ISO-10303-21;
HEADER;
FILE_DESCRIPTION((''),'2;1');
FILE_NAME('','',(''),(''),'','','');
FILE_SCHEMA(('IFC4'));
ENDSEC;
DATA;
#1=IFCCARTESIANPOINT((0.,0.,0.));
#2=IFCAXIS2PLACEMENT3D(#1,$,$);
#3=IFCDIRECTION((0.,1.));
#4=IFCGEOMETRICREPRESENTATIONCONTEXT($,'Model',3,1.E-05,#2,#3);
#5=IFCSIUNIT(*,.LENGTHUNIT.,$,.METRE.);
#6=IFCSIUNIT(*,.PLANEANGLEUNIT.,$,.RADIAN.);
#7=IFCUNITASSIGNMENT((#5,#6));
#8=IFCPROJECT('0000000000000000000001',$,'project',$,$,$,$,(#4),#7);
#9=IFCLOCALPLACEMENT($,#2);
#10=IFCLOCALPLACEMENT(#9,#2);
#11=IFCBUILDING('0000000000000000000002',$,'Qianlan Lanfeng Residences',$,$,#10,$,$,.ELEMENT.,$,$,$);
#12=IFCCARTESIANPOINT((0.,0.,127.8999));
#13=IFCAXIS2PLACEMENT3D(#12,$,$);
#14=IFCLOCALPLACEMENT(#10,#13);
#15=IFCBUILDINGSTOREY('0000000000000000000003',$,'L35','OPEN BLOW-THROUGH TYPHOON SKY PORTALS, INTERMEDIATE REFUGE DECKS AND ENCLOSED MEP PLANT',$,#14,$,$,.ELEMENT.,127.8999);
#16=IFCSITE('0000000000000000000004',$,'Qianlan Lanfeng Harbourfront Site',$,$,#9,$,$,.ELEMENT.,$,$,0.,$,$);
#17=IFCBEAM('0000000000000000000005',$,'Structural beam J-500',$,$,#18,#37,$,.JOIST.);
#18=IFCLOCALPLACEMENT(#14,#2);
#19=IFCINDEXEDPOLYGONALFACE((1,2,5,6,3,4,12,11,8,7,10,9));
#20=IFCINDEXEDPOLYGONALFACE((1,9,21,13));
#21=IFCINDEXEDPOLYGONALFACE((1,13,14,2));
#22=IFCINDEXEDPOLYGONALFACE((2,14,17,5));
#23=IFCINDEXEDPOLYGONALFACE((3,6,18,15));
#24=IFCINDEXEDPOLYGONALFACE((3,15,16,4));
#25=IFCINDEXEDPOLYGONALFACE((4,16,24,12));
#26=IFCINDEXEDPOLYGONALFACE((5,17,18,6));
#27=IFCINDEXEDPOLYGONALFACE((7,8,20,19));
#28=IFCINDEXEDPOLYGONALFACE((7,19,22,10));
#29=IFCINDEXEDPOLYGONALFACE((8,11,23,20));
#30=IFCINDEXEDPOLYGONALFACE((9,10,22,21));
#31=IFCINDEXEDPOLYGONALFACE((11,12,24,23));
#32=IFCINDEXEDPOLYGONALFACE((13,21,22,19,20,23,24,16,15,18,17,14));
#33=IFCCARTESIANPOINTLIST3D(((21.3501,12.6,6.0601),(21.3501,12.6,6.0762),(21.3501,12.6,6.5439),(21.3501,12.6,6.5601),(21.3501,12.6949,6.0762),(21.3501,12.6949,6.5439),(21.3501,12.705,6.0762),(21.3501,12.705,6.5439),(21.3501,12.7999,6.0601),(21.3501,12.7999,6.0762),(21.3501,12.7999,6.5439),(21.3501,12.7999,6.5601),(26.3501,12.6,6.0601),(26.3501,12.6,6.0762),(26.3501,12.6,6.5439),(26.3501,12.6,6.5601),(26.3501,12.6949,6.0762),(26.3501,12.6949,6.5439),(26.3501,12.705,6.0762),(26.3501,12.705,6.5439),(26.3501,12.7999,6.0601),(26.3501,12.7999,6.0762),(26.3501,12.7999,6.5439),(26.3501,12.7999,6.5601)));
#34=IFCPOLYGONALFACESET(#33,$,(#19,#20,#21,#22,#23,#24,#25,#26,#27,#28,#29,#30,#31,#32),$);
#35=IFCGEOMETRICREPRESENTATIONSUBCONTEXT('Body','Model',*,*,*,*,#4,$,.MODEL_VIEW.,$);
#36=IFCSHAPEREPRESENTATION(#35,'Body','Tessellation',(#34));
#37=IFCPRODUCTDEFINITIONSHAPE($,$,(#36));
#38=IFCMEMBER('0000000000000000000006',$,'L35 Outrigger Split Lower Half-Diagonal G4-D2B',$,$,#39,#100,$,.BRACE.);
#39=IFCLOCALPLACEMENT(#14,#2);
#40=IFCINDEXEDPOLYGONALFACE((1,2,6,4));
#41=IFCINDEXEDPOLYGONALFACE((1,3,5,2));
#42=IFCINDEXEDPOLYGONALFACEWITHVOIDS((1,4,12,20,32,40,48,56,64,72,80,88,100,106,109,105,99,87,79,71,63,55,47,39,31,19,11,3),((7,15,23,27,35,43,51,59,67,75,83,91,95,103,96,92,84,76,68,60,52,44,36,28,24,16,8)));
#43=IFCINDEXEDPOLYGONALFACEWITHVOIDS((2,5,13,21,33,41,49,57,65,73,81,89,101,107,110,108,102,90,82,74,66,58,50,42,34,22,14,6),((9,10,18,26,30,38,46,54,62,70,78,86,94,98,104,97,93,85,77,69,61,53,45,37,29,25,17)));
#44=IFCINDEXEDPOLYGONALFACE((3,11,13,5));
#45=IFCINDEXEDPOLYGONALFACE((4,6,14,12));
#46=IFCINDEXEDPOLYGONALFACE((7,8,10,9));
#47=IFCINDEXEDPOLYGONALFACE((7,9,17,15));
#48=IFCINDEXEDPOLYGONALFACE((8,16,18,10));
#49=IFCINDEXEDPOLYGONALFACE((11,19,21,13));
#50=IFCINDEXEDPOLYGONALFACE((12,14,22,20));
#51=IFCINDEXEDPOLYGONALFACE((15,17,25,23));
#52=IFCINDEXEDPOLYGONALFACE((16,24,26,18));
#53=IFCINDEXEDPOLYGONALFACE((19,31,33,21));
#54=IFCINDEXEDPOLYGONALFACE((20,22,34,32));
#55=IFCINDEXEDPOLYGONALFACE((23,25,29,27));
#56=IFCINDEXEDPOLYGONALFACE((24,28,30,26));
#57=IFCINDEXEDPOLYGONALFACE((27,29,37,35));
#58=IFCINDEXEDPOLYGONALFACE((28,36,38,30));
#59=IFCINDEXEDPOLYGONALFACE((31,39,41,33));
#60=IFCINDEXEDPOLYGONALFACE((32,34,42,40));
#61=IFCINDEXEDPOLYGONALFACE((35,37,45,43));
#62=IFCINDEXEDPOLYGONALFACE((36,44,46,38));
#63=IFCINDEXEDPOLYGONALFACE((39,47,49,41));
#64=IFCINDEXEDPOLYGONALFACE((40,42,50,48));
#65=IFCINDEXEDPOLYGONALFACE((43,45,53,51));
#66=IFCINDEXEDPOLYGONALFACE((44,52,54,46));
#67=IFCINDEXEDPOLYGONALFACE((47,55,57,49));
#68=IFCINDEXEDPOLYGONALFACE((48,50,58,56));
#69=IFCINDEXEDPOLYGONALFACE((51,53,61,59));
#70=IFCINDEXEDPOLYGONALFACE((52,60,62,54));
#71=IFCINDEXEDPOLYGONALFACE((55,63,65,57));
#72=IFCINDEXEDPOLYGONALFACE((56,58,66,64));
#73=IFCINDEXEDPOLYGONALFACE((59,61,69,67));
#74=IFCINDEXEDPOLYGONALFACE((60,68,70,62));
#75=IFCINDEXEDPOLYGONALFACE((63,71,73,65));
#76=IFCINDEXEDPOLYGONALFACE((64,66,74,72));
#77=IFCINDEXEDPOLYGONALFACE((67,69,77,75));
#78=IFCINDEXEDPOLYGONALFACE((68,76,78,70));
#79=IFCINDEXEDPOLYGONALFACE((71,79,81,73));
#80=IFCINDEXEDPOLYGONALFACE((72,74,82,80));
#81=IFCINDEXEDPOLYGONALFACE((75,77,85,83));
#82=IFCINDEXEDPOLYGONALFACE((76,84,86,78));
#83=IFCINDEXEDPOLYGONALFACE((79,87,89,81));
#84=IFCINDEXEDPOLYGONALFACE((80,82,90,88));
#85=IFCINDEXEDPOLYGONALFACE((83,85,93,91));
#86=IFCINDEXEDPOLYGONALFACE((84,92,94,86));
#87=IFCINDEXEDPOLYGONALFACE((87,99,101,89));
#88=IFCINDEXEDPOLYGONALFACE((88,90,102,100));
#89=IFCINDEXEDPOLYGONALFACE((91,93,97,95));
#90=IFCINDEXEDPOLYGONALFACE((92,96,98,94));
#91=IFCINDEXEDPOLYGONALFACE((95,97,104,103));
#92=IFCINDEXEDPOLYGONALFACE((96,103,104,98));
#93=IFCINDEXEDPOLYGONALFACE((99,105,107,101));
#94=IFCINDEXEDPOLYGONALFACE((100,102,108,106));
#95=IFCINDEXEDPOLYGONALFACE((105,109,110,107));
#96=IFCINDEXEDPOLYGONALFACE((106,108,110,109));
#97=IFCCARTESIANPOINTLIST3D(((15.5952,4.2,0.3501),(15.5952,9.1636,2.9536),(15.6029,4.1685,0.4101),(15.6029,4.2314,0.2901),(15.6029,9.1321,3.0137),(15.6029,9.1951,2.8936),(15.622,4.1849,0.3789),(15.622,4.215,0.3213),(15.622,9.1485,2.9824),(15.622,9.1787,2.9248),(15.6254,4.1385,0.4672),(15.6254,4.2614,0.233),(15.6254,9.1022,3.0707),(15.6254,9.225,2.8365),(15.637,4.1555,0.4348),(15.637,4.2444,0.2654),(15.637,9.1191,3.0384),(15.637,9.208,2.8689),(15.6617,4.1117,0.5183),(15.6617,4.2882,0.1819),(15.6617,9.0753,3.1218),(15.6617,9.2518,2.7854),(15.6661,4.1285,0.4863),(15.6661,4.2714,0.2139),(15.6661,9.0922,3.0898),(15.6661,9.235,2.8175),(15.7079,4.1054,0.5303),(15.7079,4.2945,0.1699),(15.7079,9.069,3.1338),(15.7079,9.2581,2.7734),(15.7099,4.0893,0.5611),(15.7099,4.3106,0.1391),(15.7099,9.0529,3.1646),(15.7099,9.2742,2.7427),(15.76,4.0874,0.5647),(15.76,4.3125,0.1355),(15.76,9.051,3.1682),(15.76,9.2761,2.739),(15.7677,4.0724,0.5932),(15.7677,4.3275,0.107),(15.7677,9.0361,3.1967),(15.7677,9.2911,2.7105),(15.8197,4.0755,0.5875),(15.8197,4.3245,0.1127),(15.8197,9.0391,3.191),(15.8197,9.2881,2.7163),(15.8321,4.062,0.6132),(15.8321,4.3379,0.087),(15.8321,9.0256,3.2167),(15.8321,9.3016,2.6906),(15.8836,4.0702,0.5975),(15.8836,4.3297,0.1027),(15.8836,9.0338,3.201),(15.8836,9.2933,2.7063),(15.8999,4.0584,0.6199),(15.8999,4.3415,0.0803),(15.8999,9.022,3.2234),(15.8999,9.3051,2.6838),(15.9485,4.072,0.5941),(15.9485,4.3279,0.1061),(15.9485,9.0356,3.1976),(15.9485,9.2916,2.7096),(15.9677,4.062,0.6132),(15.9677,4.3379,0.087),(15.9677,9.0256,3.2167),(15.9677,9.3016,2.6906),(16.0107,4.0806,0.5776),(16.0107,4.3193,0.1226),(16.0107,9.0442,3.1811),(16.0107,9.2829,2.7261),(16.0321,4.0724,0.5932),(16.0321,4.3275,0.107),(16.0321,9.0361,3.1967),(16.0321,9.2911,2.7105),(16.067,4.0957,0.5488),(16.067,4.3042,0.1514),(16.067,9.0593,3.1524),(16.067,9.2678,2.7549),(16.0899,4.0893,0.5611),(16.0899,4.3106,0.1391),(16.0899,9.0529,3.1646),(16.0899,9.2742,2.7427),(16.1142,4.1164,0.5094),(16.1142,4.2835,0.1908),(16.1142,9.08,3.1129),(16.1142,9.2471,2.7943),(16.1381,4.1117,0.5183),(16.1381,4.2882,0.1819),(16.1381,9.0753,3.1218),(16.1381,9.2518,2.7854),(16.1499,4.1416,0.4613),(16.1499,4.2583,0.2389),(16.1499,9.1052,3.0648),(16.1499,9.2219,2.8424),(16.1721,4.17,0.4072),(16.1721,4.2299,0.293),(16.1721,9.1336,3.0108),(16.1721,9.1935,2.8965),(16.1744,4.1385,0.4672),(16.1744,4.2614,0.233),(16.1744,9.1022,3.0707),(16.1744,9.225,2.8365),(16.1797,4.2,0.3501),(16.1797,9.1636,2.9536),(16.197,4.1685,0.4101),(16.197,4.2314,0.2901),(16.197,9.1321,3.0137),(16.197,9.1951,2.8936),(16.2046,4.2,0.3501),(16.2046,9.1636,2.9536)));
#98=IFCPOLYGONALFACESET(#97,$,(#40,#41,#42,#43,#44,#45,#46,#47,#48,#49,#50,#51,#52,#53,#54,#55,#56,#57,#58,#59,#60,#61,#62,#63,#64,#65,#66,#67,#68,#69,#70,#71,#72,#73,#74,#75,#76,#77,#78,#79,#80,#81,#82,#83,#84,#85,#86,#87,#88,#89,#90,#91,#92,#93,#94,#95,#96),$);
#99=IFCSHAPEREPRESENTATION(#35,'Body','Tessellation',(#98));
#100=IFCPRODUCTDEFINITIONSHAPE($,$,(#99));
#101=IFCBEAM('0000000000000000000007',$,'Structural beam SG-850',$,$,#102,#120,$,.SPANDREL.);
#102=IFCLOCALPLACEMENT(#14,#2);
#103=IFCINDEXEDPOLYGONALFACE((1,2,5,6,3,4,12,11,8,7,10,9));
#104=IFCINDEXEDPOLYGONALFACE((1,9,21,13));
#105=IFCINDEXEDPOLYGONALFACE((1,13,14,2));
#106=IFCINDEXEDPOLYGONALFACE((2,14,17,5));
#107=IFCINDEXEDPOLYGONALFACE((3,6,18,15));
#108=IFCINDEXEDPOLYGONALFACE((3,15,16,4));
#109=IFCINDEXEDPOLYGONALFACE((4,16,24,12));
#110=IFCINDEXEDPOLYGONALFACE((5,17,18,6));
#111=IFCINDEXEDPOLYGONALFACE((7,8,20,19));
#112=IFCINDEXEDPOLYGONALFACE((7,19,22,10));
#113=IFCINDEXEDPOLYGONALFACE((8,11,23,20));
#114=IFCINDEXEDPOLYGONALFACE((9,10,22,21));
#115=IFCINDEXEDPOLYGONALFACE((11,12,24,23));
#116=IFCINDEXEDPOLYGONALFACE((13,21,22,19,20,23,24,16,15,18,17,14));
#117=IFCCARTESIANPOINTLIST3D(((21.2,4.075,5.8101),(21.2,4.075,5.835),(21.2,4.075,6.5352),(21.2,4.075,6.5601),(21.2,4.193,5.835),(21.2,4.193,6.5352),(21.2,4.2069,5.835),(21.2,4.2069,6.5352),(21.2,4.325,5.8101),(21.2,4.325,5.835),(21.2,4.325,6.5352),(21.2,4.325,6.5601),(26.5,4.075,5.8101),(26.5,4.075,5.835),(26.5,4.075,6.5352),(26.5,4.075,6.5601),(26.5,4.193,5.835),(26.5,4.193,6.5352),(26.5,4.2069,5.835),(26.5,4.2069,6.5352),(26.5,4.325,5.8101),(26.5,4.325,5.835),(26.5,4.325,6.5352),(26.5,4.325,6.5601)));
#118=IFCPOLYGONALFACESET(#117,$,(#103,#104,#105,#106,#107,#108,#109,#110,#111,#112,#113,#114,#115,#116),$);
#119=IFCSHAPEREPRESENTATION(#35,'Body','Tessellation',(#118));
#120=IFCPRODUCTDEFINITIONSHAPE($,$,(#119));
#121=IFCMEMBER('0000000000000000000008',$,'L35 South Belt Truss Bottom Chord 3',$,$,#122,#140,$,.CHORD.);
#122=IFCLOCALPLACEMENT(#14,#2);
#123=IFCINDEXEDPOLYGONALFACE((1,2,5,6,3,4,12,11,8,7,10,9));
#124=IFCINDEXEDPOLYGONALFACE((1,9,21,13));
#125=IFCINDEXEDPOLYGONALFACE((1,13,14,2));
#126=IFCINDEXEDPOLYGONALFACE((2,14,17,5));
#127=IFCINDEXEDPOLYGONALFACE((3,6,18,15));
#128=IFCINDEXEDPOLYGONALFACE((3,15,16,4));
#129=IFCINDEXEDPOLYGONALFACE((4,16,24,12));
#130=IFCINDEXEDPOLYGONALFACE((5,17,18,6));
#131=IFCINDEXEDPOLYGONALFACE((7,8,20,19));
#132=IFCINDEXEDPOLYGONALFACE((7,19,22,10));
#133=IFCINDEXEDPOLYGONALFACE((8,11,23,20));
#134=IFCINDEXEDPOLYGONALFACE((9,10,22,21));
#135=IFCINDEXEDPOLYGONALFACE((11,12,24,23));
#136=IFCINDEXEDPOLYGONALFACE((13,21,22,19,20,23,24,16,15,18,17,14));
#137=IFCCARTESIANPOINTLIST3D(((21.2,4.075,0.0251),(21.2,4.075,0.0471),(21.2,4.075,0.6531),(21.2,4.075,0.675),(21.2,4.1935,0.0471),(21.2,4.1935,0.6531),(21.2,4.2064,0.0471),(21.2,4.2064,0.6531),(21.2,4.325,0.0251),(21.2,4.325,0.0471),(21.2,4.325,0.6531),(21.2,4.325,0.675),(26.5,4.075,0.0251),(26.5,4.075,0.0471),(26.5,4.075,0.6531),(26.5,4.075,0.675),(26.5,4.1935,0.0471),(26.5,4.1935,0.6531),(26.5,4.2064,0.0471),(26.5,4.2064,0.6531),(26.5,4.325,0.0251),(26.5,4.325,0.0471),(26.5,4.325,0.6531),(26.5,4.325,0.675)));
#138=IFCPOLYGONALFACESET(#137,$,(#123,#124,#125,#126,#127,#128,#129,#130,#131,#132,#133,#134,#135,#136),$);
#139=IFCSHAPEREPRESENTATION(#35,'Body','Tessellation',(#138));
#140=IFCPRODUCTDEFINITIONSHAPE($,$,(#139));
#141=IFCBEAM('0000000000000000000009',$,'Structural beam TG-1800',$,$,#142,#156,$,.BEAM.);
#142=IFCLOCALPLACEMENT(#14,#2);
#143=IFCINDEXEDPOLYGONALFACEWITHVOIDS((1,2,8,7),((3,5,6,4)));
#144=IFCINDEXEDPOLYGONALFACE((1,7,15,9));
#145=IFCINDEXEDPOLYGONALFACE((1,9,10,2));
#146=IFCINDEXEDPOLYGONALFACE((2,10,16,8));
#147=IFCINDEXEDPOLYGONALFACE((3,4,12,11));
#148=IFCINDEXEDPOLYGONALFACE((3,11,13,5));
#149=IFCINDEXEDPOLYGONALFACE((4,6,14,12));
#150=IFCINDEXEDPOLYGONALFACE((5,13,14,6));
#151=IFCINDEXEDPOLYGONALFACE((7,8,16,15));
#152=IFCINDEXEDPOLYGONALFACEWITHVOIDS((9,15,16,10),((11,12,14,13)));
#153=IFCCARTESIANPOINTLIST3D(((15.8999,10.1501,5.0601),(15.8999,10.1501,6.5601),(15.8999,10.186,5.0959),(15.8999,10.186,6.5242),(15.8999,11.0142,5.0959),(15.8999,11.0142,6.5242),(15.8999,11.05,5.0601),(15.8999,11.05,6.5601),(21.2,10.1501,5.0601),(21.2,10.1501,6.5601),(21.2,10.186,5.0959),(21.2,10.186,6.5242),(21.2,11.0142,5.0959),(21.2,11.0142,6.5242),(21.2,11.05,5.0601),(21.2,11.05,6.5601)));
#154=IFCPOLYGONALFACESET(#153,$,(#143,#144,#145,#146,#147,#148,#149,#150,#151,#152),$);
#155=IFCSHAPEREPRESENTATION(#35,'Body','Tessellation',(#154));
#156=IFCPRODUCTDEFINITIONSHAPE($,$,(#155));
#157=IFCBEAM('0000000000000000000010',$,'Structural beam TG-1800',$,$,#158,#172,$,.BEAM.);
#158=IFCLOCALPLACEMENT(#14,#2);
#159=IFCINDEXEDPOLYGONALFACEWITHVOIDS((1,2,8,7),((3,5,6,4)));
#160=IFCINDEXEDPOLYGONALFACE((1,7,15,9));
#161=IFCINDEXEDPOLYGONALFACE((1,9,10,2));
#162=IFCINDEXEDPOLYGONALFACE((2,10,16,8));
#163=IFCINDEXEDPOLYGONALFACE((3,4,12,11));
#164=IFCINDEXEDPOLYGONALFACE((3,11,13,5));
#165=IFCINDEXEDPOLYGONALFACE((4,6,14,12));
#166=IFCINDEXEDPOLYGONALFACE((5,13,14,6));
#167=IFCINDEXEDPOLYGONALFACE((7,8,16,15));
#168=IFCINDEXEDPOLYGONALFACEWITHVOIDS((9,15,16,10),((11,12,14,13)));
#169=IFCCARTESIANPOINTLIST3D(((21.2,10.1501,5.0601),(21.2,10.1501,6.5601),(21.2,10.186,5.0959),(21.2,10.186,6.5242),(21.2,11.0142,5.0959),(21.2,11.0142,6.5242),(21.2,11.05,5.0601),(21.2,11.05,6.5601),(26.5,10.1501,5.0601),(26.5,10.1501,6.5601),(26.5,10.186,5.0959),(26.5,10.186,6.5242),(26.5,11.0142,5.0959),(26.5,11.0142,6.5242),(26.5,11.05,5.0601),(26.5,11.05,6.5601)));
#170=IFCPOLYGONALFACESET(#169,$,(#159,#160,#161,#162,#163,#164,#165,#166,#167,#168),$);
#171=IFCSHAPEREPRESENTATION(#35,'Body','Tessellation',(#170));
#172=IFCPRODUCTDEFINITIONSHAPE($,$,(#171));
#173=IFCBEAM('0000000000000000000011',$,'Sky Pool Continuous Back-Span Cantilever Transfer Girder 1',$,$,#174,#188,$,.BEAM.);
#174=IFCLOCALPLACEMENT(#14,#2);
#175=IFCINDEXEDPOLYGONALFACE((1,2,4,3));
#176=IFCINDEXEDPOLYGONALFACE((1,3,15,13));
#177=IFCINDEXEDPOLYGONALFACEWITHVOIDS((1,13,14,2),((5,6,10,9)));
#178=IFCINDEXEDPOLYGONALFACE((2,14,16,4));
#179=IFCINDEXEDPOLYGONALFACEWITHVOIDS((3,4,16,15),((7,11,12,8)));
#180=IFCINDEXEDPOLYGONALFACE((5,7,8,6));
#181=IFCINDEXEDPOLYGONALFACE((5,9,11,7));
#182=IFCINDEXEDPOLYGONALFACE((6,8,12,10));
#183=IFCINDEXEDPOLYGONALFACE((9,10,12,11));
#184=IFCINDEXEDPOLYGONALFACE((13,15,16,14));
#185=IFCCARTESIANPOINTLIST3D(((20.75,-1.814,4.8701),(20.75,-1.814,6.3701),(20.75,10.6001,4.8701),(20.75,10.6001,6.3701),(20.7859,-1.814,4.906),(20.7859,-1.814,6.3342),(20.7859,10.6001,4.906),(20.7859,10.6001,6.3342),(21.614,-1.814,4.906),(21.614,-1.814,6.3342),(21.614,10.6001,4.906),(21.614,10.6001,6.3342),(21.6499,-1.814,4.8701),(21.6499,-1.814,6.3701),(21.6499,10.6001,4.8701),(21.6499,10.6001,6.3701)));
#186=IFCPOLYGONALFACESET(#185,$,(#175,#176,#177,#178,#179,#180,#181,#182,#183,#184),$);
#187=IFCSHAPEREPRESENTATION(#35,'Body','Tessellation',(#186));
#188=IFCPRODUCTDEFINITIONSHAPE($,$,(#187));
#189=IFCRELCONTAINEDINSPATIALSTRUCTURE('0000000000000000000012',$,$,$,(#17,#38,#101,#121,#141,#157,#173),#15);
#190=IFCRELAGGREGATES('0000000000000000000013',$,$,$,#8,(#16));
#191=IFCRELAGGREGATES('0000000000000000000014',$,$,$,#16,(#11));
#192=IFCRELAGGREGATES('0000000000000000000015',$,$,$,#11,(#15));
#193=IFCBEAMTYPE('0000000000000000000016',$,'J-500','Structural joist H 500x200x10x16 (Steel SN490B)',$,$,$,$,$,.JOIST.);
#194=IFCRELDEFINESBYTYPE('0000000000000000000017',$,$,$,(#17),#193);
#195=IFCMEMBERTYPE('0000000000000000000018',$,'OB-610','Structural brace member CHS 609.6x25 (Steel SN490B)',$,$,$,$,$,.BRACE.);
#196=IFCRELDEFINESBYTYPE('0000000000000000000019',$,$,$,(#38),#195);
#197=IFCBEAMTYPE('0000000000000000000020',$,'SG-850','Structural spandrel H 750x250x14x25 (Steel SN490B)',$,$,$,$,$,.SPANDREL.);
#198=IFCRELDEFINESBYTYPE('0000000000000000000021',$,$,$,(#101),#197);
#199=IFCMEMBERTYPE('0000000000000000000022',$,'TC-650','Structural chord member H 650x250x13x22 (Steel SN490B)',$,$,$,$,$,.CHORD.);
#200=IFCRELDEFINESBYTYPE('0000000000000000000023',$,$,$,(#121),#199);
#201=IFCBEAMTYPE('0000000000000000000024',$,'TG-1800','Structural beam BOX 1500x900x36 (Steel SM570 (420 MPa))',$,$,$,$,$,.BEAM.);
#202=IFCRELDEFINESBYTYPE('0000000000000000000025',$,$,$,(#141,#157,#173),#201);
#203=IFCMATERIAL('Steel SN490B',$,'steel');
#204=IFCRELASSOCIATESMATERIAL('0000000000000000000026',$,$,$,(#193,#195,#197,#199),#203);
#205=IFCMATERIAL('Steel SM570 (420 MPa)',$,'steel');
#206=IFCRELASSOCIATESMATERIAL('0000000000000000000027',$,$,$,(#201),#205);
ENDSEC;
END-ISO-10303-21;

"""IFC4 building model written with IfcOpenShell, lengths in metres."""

from ifc_helpers import new_model, si_unit, direction, frame, origin, origin_2d, place, context, subcontext, project, spatial, hollow_rectangle, hollow_circle, i_section, extrude, material, material_profile, profile_set, type_object, element, save


model = new_model("IFC4")

# Units and contexts
model_context = context("Model", 3, precision=1e-05, world=origin(), true_north=direction((0.0, 1.0)))
body_context = subcontext(model_context, "Body", "Model", "MODEL_VIEW")
ifc_project = project(units=[si_unit("LENGTHUNIT", "METRE"), si_unit("PLANEANGLEUNIT", "RADIAN")], contexts=[model_context])

# Site, building, storey
site_placement = place(None, origin())
site = spatial("IfcSite", under=ifc_project, at=site_placement, Name="Qianlan Lanfeng Harbourfront Site", CompositionType="ELEMENT", RefElevation=0.0)
building_placement = place(site_placement, origin())
building = spatial("IfcBuilding", under=site, at=building_placement, Name="Qianlan Lanfeng Residences", CompositionType="ELEMENT")
storey_placement = place(building_placement, frame((0.0, 0.0, 127.8999)))
storey = spatial("IfcBuildingStorey", under=building, at=storey_placement, Name="L35", Description="OPEN BLOW-THROUGH TYPHOON SKY PORTALS, INTERMEDIATE REFUGE DECKS AND ENCLOSED MEP PLANT", CompositionType="ELEMENT", Elevation=127.8999)

# Shared definitions
ifc_material_1 = material(Name="Steel SN490B", Category="steel")

# Beam
ifc_material_profile_1 = material_profile(ifc_material_1, i_section(OverallWidth=0.2, OverallDepth=0.5, WebThickness=0.01, FlangeThickness=0.0161, at=origin_2d()), Name="H 500x200x10x16")
ifc_profile_set_1 = profile_set([ifc_material_profile_1], Name="Steel SN490B")
beam_type_1 = type_object("IfcBeamType", Name="J-500", Description="Structural joist H 500x200x10x16 (Steel SN490B)", PredefinedType="JOIST", material=ifc_profile_set_1)
for number, where, z_axis, x_axis, name in (
    (1, (21.3501, 12.7, 6.3101), (1.0, 0.0, 0.0), (0.0, 1.0, 0.0), "Structural beam J-500"),
):
    element("IfcBeam", number, at=place(storey_placement, frame(where, z_axis=z_axis, x_axis=x_axis)), inside=storey, type_object=beam_type_1, Name=name, PredefinedType="JOIST", context=body_context, shape_type="SweptSolid", body=[
        extrude(i_section(OverallWidth=0.2, OverallDepth=0.5, WebThickness=0.01, FlangeThickness=0.0161, at=origin_2d()), origin(), (0.0, 0.0, 1.0), 5.0),
    ])

# Member
ifc_material_profile_2 = material_profile(ifc_material_1, hollow_circle(Radius=0.3047, WallThickness=0.0249, at=origin_2d()), Name="CHS 609.6x25")
ifc_profile_set_2 = profile_set([ifc_material_profile_2], Name="Steel SN490B")
member_type_1 = type_object("IfcMemberType", Name="OB-610", Description="Structural brace member CHS 609.6x25 (Steel SN490B)", PredefinedType="BRACE", material=ifc_profile_set_2)
member_1_placement = place(storey_placement, frame((15.8999, 9.1636, 2.9536), z_axis=(0.0, -0.885573, -0.4645), x_axis=(1.0, 0.0, 0.0)))
element("IfcMember", 2, at=member_1_placement, inside=storey, type_object=member_type_1, Name="L35 Outrigger Split Lower Half-Diagonal G4-D2B", PredefinedType="BRACE", context=body_context, shape_type="SweptSolid", body=[
    extrude(hollow_circle(Radius=0.3047, WallThickness=0.0249, at=origin_2d()), origin(), (0.0, 0.0, 1.0), 5.605),
])

# Beam
ifc_material_profile_3 = material_profile(ifc_material_1, i_section(OverallWidth=0.25, OverallDepth=0.75, WebThickness=0.0139, FlangeThickness=0.0249, at=origin_2d()), Name="H 750x250x14x25")
ifc_profile_set_3 = profile_set([ifc_material_profile_3], Name="Steel SN490B")
beam_type_2 = type_object("IfcBeamType", Name="SG-850", Description="Structural spandrel H 750x250x14x25 (Steel SN490B)", PredefinedType="SPANDREL", material=ifc_profile_set_3)
beam_1_placement = place(storey_placement, frame((21.2, 4.2, 6.1851), z_axis=(1.0, 0.0, 0.0), x_axis=(0.0, 1.0, 0.0)))
element("IfcBeam", 3, at=beam_1_placement, inside=storey, type_object=beam_type_2, Name="Structural beam SG-850", PredefinedType="SPANDREL", context=body_context, shape_type="SweptSolid", body=[
    extrude(i_section(OverallWidth=0.25, OverallDepth=0.75, WebThickness=0.0139, FlangeThickness=0.0249, at=origin_2d()), origin(), (0.0, 0.0, 1.0), 5.3),
])

# Member
ifc_material_profile_4 = material_profile(ifc_material_1, i_section(OverallWidth=0.25, OverallDepth=0.6499, WebThickness=0.0129, FlangeThickness=0.022, at=origin_2d()), Name="H 650x250x13x22")
ifc_profile_set_4 = profile_set([ifc_material_profile_4], Name="Steel SN490B")
member_type_2 = type_object("IfcMemberType", Name="TC-650", Description="Structural chord member H 650x250x13x22 (Steel SN490B)", PredefinedType="CHORD", material=ifc_profile_set_4)
member_2_placement = place(storey_placement, frame((21.2, 4.2, 0.3501), z_axis=(1.0, 0.0, 0.0), x_axis=(0.0, 1.0, 0.0)))
element("IfcMember", 4, at=member_2_placement, inside=storey, type_object=member_type_2, Name="L35 South Belt Truss Bottom Chord 3", PredefinedType="CHORD", context=body_context, shape_type="SweptSolid", body=[
    extrude(i_section(OverallWidth=0.25, OverallDepth=0.6499, WebThickness=0.0129, FlangeThickness=0.022, at=origin_2d()), origin(), (0.0, 0.0, 1.0), 5.3),
])

# Beams
ifc_material_2 = material(Name="Steel SM570 (420 MPa)", Category="steel")
ifc_material_profile_5 = material_profile(ifc_material_2, hollow_rectangle(XDim=0.8999, YDim=1.5, WallThickness=0.0359, at=origin_2d()), Name="BOX 1500x900x36")
ifc_profile_set_5 = profile_set([ifc_material_profile_5], Name="Steel SM570 (420 MPa)")
beam_type_3 = type_object("IfcBeamType", Name="TG-1800", Description="Structural beam BOX 1500x900x36 (Steel SM570 (420 MPa))", PredefinedType="BEAM", material=ifc_profile_set_5)
for number, where, z_axis, x_axis, name in (
    (5, (15.8999, 10.6001, 5.8101), (1.0, 0.0, 0.0), (0.0, 1.0, 0.0), "Structural beam TG-1800"),
    (6, (21.2, 10.6001, 5.8101), (1.0, 0.0, 0.0), (0.0, 1.0, 0.0), "Structural beam TG-1800"),
):
    element("IfcBeam", number, at=place(storey_placement, frame(where, z_axis=z_axis, x_axis=x_axis)), inside=storey, type_object=beam_type_3, Name=name, PredefinedType="BEAM", context=body_context, shape_type="SweptSolid", body=[
        extrude(hollow_rectangle(XDim=0.8999, YDim=1.5, WallThickness=0.0359, at=origin_2d()), origin(), (0.0, 0.0, 1.0), 5.3),
    ])
beam_2_placement = place(storey_placement, frame((21.2, 10.6001, 5.6201), z_axis=(0.0, -1.0, 0.0), x_axis=(1.0, 0.0, 0.0)))
element("IfcBeam", 7, at=beam_2_placement, inside=storey, type_object=beam_type_3, Name="Sky Pool Continuous Back-Span Cantilever Transfer Girder 1", PredefinedType="BEAM", context=body_context, shape_type="SweptSolid", body=[
    extrude(hollow_rectangle(XDim=0.8999, YDim=1.5, WallThickness=0.0359, at=origin_2d()), origin(), (0.0, 0.0, 1.0), 12.4141),
])

save(model, "model.ifc")
